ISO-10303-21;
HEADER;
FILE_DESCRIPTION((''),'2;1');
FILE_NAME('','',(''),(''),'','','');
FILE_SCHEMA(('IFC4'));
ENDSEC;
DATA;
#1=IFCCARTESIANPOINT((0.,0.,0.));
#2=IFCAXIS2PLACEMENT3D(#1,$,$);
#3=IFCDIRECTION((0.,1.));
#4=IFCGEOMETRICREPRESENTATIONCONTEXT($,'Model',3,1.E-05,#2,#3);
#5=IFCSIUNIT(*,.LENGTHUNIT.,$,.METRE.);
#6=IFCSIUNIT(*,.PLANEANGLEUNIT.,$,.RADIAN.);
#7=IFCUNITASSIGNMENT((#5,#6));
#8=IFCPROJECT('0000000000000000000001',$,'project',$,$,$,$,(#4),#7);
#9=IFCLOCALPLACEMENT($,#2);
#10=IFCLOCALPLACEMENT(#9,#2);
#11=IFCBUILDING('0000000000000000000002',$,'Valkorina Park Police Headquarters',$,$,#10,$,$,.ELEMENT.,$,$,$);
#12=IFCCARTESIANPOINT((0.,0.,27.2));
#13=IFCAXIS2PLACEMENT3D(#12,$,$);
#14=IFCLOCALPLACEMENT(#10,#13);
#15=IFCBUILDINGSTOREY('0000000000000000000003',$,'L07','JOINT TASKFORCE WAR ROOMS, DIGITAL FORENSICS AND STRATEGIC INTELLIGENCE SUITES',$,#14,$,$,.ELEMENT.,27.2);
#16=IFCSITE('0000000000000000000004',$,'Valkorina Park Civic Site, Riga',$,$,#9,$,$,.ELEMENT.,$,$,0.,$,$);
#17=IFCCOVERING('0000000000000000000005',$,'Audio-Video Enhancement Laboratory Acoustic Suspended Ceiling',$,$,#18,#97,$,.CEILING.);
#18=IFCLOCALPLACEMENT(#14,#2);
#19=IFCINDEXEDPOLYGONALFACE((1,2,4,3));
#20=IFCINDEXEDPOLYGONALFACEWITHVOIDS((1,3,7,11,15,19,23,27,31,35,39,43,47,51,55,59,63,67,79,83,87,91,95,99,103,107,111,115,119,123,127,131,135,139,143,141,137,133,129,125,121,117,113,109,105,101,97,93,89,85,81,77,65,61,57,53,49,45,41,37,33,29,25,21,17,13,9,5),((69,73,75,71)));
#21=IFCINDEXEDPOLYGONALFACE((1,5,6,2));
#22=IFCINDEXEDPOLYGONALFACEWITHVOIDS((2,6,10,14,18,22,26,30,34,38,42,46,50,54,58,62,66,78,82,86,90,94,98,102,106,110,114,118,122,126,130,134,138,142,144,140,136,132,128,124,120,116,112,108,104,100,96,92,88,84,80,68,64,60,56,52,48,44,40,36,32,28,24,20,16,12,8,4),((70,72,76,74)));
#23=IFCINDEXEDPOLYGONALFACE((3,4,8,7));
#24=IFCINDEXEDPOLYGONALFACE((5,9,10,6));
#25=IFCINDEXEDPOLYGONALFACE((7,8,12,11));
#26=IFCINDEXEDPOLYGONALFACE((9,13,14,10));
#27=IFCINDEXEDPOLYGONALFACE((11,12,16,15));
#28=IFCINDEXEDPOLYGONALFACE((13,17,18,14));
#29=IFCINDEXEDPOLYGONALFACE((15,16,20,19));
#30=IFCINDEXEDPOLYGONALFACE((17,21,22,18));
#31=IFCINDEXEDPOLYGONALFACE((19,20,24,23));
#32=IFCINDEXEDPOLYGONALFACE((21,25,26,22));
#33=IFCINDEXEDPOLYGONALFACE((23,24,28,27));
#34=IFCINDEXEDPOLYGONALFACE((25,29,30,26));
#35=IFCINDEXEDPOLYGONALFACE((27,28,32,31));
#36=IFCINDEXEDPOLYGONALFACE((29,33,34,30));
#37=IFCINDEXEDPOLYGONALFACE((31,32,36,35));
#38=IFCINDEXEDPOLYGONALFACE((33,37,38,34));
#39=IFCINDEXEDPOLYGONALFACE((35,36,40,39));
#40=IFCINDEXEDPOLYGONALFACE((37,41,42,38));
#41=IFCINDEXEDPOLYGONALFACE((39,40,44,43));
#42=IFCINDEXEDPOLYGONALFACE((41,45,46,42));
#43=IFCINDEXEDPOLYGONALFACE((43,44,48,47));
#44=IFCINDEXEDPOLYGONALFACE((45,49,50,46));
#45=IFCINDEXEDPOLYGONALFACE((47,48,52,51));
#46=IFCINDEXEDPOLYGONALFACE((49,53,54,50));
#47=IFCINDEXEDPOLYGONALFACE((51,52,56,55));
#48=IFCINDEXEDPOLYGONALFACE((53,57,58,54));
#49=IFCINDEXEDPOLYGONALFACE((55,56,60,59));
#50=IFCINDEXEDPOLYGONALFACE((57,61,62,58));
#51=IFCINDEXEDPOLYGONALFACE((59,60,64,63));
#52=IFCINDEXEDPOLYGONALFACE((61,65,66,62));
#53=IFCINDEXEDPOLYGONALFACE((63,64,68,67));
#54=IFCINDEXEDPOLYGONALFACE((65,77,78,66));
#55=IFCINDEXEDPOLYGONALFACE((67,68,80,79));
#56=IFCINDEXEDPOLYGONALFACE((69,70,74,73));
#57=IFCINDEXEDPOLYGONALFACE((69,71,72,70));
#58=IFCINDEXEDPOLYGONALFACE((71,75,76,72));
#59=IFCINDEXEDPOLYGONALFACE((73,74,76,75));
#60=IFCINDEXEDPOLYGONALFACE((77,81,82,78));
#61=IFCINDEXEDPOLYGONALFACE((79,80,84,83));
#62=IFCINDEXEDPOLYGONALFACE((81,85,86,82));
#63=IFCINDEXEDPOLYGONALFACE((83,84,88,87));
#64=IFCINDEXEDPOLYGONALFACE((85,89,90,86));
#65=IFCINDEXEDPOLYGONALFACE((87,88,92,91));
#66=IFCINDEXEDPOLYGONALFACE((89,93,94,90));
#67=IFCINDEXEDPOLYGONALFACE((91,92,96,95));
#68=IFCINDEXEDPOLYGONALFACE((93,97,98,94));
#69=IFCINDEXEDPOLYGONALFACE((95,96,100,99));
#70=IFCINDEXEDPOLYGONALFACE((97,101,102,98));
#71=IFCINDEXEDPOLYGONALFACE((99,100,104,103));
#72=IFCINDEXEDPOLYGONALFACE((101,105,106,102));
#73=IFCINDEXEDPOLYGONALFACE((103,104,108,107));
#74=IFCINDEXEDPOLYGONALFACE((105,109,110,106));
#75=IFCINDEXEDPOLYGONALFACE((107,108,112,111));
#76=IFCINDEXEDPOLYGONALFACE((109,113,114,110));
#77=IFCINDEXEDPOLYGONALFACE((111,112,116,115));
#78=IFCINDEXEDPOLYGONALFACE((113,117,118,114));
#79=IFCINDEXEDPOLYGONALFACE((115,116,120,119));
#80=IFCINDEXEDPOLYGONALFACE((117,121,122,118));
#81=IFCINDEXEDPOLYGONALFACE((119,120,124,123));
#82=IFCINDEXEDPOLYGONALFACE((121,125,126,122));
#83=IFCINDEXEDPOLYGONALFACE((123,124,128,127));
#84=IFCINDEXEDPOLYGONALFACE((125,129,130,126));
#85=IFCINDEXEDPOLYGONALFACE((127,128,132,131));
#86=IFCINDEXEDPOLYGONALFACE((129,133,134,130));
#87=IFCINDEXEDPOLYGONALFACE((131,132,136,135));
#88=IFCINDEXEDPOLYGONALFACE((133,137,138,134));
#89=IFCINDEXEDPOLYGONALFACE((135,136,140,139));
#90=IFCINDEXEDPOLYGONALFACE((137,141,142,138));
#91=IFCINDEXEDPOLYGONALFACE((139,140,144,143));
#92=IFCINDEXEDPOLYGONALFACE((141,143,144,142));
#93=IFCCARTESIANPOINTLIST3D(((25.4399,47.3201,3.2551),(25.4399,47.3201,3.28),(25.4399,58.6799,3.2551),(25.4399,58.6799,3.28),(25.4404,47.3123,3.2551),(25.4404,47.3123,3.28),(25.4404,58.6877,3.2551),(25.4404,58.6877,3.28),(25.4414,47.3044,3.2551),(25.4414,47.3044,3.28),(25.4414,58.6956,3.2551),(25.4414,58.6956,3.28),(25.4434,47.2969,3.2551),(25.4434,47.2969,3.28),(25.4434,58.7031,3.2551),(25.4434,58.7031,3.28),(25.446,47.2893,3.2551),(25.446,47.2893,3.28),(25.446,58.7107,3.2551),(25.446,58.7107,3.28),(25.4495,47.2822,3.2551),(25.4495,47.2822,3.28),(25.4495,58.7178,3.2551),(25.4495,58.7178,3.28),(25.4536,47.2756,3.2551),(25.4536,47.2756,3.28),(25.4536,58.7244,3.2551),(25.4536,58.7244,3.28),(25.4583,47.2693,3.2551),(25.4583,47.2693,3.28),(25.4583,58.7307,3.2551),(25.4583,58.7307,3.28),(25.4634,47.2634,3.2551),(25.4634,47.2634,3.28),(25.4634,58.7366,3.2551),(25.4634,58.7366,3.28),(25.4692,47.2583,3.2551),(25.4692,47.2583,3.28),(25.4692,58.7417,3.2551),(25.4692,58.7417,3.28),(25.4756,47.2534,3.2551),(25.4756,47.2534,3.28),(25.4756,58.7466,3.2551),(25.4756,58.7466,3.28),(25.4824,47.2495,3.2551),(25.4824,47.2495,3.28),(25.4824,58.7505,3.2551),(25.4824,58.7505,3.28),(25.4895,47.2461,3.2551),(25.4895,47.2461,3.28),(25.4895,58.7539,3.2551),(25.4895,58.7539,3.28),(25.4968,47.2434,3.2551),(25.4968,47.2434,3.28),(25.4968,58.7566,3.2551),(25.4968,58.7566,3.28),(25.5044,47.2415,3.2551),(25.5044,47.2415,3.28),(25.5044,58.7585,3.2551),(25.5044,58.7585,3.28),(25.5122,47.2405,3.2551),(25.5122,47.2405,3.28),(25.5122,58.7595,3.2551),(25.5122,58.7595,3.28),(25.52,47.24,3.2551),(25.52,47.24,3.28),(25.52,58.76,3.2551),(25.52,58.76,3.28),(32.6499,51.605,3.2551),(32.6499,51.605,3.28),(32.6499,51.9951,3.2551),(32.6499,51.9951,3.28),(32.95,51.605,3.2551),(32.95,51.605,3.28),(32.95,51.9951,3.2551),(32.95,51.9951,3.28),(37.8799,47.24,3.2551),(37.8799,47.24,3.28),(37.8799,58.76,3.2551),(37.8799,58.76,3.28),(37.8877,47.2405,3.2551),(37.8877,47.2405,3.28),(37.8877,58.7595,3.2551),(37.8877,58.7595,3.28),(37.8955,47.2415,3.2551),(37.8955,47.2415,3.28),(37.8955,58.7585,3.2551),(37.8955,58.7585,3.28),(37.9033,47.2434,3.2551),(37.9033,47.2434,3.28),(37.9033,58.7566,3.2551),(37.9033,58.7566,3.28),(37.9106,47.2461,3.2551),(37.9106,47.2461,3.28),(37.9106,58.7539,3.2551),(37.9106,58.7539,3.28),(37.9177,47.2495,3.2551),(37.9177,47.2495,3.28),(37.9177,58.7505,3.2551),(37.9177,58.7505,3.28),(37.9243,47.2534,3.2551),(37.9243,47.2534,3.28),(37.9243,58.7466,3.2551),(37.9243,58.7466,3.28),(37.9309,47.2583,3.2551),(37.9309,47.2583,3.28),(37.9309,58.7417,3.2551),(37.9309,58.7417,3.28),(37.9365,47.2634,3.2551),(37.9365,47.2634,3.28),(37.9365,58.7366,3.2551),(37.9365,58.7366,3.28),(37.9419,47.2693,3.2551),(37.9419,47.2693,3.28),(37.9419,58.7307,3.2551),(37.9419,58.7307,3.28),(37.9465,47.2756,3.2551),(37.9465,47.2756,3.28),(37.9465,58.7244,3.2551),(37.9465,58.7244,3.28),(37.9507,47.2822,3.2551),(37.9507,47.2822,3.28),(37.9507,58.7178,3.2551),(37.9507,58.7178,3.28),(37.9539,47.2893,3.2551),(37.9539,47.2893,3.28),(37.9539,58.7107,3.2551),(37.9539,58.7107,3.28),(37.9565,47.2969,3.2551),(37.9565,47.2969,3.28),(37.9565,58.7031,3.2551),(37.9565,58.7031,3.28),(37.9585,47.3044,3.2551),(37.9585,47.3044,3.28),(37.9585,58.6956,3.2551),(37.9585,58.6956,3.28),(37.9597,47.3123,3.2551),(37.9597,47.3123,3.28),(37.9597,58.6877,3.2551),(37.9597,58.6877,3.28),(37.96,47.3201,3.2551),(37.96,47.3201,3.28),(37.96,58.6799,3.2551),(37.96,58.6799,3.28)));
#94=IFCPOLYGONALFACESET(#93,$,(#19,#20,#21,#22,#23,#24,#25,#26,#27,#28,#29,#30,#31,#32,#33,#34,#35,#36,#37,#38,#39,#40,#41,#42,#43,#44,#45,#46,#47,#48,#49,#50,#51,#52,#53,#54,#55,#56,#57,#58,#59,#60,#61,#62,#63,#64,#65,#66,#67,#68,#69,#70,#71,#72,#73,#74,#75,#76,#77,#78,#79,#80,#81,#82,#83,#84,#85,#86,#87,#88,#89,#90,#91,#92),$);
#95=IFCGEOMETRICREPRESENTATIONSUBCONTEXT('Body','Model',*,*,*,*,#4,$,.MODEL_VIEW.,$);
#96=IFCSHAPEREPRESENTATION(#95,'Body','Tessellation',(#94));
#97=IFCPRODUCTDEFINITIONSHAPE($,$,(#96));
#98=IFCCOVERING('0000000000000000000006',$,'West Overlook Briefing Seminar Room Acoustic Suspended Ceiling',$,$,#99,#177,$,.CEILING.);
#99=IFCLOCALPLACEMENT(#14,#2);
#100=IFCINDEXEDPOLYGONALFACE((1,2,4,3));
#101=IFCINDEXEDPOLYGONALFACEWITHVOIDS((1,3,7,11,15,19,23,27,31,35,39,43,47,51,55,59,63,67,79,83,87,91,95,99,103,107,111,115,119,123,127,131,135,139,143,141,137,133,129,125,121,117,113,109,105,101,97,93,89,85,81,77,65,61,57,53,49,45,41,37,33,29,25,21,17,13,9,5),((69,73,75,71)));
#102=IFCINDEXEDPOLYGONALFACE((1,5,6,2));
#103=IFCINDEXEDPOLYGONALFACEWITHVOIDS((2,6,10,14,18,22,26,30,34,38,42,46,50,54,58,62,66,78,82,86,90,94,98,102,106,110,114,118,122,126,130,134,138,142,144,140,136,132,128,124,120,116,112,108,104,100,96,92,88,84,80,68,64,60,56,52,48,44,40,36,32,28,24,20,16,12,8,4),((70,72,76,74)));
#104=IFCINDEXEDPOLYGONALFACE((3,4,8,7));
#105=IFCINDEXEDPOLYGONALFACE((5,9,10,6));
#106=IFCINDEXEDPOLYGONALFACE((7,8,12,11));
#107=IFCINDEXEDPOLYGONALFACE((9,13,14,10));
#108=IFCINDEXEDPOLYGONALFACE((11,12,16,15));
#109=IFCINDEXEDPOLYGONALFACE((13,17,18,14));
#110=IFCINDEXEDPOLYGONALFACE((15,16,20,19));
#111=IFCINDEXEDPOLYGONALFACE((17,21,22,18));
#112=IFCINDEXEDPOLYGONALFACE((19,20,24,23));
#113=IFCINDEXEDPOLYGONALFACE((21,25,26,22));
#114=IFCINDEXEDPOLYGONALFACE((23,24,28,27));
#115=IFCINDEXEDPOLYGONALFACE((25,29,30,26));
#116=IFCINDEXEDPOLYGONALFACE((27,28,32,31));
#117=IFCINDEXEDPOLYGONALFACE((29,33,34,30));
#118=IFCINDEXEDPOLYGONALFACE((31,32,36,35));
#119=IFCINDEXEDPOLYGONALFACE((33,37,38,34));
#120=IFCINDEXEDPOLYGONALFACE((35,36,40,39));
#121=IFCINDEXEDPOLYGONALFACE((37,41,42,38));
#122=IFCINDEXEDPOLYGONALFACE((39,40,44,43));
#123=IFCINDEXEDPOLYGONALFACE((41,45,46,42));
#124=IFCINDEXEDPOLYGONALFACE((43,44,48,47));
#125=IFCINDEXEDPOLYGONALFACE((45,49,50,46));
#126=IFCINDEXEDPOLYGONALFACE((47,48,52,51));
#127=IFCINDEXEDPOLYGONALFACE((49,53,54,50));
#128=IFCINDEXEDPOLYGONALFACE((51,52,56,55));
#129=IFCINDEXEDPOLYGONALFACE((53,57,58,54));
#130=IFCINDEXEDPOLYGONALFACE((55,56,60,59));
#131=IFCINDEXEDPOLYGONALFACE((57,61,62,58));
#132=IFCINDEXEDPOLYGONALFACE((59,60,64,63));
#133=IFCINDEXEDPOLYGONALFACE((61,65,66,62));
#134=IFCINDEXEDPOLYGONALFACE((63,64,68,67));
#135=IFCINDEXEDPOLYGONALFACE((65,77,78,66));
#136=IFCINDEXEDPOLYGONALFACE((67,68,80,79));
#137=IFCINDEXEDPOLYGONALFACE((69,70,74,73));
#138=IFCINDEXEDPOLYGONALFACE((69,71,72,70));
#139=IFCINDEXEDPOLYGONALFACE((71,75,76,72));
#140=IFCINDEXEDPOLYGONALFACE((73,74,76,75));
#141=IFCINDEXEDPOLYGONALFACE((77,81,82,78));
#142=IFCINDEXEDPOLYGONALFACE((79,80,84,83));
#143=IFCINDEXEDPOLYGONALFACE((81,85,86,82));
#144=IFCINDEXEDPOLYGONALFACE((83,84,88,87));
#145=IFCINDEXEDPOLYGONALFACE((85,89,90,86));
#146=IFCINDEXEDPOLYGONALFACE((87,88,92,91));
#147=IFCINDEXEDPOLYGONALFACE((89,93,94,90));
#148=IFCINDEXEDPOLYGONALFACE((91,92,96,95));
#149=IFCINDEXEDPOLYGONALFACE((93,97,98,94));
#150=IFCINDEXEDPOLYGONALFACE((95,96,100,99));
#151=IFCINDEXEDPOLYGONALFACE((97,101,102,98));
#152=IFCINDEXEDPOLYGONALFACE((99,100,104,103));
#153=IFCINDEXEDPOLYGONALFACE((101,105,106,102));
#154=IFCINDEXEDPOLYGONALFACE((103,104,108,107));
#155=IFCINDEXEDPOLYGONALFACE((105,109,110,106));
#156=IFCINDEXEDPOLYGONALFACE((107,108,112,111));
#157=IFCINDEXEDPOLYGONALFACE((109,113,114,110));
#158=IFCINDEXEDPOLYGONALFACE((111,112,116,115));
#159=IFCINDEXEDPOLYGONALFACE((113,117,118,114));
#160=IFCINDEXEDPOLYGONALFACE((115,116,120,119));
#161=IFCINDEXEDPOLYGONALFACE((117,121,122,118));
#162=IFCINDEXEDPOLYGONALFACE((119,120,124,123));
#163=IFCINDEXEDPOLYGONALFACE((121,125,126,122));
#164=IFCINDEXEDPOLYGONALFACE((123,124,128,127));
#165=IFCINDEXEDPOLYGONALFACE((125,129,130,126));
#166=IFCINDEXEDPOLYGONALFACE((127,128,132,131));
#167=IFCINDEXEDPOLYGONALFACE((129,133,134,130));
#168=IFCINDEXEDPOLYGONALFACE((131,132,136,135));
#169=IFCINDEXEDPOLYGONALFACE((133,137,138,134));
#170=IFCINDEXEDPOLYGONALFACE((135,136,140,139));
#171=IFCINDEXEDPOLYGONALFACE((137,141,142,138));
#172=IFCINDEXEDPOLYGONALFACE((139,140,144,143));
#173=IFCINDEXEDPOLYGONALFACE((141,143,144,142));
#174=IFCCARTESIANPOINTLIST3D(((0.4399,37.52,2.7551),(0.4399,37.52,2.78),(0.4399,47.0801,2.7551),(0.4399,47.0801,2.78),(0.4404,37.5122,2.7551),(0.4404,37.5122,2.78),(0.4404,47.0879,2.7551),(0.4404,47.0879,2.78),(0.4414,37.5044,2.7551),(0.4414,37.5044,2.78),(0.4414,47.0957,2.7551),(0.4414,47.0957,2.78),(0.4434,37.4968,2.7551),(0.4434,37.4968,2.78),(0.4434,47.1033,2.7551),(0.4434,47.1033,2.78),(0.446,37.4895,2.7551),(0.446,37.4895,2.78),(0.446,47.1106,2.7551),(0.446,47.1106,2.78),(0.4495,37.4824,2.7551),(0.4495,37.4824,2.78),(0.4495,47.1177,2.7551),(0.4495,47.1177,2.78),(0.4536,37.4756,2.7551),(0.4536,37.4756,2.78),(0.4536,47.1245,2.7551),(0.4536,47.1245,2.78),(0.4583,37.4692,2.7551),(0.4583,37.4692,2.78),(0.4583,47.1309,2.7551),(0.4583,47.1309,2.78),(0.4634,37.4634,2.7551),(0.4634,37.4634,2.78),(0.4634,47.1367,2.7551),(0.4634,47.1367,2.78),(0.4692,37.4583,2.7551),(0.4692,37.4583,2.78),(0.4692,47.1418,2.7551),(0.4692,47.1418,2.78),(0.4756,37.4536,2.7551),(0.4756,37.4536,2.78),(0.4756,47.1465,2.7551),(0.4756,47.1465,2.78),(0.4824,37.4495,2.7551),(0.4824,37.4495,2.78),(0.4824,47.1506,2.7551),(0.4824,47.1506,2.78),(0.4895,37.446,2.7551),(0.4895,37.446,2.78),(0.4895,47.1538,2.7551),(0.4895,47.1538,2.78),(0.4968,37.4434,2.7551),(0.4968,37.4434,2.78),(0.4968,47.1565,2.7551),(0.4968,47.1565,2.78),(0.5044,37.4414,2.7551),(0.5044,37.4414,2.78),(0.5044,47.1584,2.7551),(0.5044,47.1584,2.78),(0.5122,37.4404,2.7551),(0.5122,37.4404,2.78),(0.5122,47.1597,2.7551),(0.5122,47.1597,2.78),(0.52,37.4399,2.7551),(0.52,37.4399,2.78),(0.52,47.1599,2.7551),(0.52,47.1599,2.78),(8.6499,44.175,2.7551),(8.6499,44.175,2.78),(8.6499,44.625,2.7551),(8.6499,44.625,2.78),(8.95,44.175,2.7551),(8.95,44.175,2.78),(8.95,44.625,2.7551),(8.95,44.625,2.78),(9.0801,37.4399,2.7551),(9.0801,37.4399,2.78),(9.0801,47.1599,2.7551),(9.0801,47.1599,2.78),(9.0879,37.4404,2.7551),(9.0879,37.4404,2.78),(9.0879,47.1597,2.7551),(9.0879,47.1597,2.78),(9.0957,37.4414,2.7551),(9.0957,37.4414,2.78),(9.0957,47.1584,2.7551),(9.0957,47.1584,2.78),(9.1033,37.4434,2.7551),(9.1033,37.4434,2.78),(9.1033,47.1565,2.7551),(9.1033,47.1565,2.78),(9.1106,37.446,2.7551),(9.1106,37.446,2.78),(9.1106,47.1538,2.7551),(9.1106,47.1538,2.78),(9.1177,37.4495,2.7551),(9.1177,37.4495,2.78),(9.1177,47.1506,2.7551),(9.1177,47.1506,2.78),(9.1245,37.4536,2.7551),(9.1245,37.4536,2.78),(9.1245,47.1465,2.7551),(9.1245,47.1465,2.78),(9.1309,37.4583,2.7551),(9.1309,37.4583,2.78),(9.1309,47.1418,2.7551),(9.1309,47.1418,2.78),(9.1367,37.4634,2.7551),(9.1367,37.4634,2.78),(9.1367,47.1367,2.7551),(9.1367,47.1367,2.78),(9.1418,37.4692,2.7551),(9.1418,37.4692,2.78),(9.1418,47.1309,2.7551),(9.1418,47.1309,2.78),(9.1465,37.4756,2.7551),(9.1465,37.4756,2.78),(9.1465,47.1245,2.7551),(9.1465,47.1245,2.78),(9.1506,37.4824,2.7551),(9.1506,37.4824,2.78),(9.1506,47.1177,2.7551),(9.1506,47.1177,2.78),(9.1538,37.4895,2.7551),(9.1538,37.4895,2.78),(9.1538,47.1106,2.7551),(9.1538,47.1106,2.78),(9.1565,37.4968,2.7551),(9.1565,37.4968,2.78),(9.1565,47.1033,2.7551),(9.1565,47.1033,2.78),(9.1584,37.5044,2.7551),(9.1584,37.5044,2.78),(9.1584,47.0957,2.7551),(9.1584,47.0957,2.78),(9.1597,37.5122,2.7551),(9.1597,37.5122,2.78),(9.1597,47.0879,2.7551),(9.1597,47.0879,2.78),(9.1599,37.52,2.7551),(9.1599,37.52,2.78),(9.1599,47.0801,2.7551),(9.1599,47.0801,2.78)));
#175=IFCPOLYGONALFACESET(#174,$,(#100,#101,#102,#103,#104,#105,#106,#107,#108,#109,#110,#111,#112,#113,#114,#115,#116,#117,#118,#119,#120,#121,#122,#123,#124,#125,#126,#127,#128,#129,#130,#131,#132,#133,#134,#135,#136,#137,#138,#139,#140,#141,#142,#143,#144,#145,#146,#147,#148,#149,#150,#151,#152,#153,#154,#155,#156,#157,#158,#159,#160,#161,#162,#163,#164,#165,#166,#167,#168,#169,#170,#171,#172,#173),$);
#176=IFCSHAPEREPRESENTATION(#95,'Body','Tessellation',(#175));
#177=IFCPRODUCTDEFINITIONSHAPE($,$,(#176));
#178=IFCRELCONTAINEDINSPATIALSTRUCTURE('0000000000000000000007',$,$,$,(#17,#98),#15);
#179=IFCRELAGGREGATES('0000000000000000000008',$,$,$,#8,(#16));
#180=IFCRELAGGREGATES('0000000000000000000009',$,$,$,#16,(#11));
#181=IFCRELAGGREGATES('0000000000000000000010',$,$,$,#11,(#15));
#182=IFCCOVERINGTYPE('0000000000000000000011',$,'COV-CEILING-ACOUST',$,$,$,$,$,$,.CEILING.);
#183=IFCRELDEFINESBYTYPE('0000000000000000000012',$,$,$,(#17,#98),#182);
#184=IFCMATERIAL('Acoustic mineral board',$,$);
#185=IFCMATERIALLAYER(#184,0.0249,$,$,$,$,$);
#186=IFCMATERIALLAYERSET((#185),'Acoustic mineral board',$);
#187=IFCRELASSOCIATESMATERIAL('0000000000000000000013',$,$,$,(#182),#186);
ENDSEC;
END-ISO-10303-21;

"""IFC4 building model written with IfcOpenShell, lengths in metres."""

from ifc_helpers import new_model, si_unit, direction, frame, origin, place, context, subcontext, project, spatial, polyline, outline, extrude, material, layer, layer_set, type_object, element, save


model = new_model("IFC4")

# Units and contexts
model_context = context("Model", 3, precision=1e-05, world=origin(), true_north=direction((0.0, 1.0)))
body_context = subcontext(model_context, "Body", "Model", "MODEL_VIEW")
ifc_project = project(units=[si_unit("LENGTHUNIT", "METRE"), si_unit("PLANEANGLEUNIT", "RADIAN")], contexts=[model_context])

# Site, building, storey
site_placement = place(None, origin())
site = spatial("IfcSite", under=ifc_project, at=site_placement, Name="Valkorina Park Civic Site, Riga", CompositionType="ELEMENT", RefElevation=0.0)
building_placement = place(site_placement, origin())
building = spatial("IfcBuilding", under=site, at=building_placement, Name="Valkorina Park Police Headquarters", CompositionType="ELEMENT")
storey_placement = place(building_placement, frame((0.0, 0.0, 27.2)))
storey = spatial("IfcBuildingStorey", under=building, at=storey_placement, Name="L07", Description="JOINT TASKFORCE WAR ROOMS, DIGITAL FORENSICS AND STRATEGIC INTELLIGENCE SUITES", CompositionType="ELEMENT", Elevation=27.2)

# Coverings
ifc_material_1 = material(Name="Acoustic mineral board")
ifc_layer_1 = layer(ifc_material_1, 0.0249)
ifc_layer_set_1 = layer_set([ifc_layer_1], Name="Acoustic mineral board")
covering_type_1 = type_object("IfcCoveringType", Name="COV-CEILING-ACOUST", PredefinedType="CEILING", material=ifc_layer_set_1)
covering_1_placement = place(storey_placement, frame((0.0, 0.0, 3.2551)))
element("IfcCovering", 1, at=covering_1_placement, inside=storey, type_object=covering_type_1, Name="Audio-Video Enhancement Laboratory Acoustic Suspended Ceiling", PredefinedType="CEILING", context=body_context, shape_type="SweptSolid", body=[
    extrude(outline(polyline([(37.8955, 58.7585), (37.8877, 58.7595), (37.8799, 58.76), (25.52, 58.76), (25.5122, 58.7595), (25.5044, 58.7585), (25.4968, 58.7566), (25.4895, 58.7539), (25.4824, 58.7505), (25.4756, 58.7466), (25.4692, 58.7417), (25.4634, 58.7366), (25.4583, 58.7307), (25.4536, 58.7244), (25.4495, 58.7178), (25.446, 58.7107), (25.4434, 58.7031), (25.4414, 58.6956), (25.4404, 58.6877), (25.4399, 58.6799), (25.4399, 47.3201), (25.4404, 47.3123), (25.4414, 47.3044), (25.4434, 47.2969), (25.446, 47.2893), (25.4495, 47.2822), (25.4536, 47.2756), (25.4583, 47.2693), (25.4634, 47.2634), (25.4692, 47.2583), (25.4756, 47.2534), (25.4824, 47.2495), (25.4895, 47.2461), (25.4968, 47.2434), (25.5044, 47.2415), (25.5122, 47.2405), (25.52, 47.24), (37.8799, 47.24), (37.8877, 47.2405), (37.8955, 47.2415), (37.9033, 47.2434), (37.9106, 47.2461), (37.9177, 47.2495), (37.9243, 47.2534), (37.9309, 47.2583), (37.9365, 47.2634), (37.9419, 47.2693), (37.9465, 47.2756), (37.9507, 47.2822), (37.9539, 47.2893), (37.9565, 47.2969), (37.9585, 47.3044), (37.9597, 47.3123), (37.96, 47.3201), (37.96, 58.6799), (37.9597, 58.6877), (37.9585, 58.6956), (37.9565, 58.7031), (37.9539, 58.7107), (37.9507, 58.7178), (37.9465, 58.7244), (37.9419, 58.7307), (37.9365, 58.7366), (37.9309, 58.7417), (37.9243, 58.7466), (37.9177, 58.7505), (37.9106, 58.7539), (37.9033, 58.7566), (37.8955, 58.7585)]), holes=[polyline([(32.6499, 51.605), (32.6499, 51.9951), (32.95, 51.9951), (32.95, 51.605), (32.6499, 51.605)])]), origin(), (0.0, 0.0, 1.0), 0.0249),
])
covering_2_placement = place(storey_placement, frame((0.0, 0.0, 2.7551)))
element("IfcCovering", 2, at=covering_2_placement, inside=storey, type_object=covering_type_1, Name="West Overlook Briefing Seminar Room Acoustic Suspended Ceiling", PredefinedType="CEILING", context=body_context, shape_type="SweptSolid", body=[
    extrude(outline(polyline([(9.0957, 47.1584), (9.0879, 47.1597), (9.0801, 47.1599), (0.52, 47.1599), (0.5122, 47.1597), (0.5044, 47.1584), (0.4968, 47.1565), (0.4895, 47.1538), (0.4824, 47.1506), (0.4756, 47.1465), (0.4692, 47.1418), (0.4634, 47.1367), (0.4583, 47.1309), (0.4536, 47.1245), (0.4495, 47.1177), (0.446, 47.1106), (0.4434, 47.1033), (0.4414, 47.0957), (0.4404, 47.0879), (0.4399, 47.0801), (0.4399, 37.52), (0.4404, 37.5122), (0.4414, 37.5044), (0.4434, 37.4968), (0.446, 37.4895), (0.4495, 37.4824), (0.4536, 37.4756), (0.4583, 37.4692), (0.4634, 37.4634), (0.4692, 37.4583), (0.4756, 37.4536), (0.4824, 37.4495), (0.4895, 37.446), (0.4968, 37.4434), (0.5044, 37.4414), (0.5122, 37.4404), (0.52, 37.4399), (9.0801, 37.4399), (9.0879, 37.4404), (9.0957, 37.4414), (9.1033, 37.4434), (9.1106, 37.446), (9.1177, 37.4495), (9.1245, 37.4536), (9.1309, 37.4583), (9.1367, 37.4634), (9.1418, 37.4692), (9.1465, 37.4756), (9.1506, 37.4824), (9.1538, 37.4895), (9.1565, 37.4968), (9.1584, 37.5044), (9.1597, 37.5122), (9.1599, 37.52), (9.1599, 47.0801), (9.1597, 47.0879), (9.1584, 47.0957), (9.1565, 47.1033), (9.1538, 47.1106), (9.1506, 47.1177), (9.1465, 47.1245), (9.1418, 47.1309), (9.1367, 47.1367), (9.1309, 47.1418), (9.1245, 47.1465), (9.1177, 47.1506), (9.1106, 47.1538), (9.1033, 47.1565), (9.0957, 47.1584)]), holes=[polyline([(8.6499, 44.175), (8.6499, 44.625), (8.95, 44.625), (8.95, 44.175), (8.6499, 44.175)])]), origin(), (0.0, 0.0, 1.0), 0.0249),
])

save(model, "model.ifc")
